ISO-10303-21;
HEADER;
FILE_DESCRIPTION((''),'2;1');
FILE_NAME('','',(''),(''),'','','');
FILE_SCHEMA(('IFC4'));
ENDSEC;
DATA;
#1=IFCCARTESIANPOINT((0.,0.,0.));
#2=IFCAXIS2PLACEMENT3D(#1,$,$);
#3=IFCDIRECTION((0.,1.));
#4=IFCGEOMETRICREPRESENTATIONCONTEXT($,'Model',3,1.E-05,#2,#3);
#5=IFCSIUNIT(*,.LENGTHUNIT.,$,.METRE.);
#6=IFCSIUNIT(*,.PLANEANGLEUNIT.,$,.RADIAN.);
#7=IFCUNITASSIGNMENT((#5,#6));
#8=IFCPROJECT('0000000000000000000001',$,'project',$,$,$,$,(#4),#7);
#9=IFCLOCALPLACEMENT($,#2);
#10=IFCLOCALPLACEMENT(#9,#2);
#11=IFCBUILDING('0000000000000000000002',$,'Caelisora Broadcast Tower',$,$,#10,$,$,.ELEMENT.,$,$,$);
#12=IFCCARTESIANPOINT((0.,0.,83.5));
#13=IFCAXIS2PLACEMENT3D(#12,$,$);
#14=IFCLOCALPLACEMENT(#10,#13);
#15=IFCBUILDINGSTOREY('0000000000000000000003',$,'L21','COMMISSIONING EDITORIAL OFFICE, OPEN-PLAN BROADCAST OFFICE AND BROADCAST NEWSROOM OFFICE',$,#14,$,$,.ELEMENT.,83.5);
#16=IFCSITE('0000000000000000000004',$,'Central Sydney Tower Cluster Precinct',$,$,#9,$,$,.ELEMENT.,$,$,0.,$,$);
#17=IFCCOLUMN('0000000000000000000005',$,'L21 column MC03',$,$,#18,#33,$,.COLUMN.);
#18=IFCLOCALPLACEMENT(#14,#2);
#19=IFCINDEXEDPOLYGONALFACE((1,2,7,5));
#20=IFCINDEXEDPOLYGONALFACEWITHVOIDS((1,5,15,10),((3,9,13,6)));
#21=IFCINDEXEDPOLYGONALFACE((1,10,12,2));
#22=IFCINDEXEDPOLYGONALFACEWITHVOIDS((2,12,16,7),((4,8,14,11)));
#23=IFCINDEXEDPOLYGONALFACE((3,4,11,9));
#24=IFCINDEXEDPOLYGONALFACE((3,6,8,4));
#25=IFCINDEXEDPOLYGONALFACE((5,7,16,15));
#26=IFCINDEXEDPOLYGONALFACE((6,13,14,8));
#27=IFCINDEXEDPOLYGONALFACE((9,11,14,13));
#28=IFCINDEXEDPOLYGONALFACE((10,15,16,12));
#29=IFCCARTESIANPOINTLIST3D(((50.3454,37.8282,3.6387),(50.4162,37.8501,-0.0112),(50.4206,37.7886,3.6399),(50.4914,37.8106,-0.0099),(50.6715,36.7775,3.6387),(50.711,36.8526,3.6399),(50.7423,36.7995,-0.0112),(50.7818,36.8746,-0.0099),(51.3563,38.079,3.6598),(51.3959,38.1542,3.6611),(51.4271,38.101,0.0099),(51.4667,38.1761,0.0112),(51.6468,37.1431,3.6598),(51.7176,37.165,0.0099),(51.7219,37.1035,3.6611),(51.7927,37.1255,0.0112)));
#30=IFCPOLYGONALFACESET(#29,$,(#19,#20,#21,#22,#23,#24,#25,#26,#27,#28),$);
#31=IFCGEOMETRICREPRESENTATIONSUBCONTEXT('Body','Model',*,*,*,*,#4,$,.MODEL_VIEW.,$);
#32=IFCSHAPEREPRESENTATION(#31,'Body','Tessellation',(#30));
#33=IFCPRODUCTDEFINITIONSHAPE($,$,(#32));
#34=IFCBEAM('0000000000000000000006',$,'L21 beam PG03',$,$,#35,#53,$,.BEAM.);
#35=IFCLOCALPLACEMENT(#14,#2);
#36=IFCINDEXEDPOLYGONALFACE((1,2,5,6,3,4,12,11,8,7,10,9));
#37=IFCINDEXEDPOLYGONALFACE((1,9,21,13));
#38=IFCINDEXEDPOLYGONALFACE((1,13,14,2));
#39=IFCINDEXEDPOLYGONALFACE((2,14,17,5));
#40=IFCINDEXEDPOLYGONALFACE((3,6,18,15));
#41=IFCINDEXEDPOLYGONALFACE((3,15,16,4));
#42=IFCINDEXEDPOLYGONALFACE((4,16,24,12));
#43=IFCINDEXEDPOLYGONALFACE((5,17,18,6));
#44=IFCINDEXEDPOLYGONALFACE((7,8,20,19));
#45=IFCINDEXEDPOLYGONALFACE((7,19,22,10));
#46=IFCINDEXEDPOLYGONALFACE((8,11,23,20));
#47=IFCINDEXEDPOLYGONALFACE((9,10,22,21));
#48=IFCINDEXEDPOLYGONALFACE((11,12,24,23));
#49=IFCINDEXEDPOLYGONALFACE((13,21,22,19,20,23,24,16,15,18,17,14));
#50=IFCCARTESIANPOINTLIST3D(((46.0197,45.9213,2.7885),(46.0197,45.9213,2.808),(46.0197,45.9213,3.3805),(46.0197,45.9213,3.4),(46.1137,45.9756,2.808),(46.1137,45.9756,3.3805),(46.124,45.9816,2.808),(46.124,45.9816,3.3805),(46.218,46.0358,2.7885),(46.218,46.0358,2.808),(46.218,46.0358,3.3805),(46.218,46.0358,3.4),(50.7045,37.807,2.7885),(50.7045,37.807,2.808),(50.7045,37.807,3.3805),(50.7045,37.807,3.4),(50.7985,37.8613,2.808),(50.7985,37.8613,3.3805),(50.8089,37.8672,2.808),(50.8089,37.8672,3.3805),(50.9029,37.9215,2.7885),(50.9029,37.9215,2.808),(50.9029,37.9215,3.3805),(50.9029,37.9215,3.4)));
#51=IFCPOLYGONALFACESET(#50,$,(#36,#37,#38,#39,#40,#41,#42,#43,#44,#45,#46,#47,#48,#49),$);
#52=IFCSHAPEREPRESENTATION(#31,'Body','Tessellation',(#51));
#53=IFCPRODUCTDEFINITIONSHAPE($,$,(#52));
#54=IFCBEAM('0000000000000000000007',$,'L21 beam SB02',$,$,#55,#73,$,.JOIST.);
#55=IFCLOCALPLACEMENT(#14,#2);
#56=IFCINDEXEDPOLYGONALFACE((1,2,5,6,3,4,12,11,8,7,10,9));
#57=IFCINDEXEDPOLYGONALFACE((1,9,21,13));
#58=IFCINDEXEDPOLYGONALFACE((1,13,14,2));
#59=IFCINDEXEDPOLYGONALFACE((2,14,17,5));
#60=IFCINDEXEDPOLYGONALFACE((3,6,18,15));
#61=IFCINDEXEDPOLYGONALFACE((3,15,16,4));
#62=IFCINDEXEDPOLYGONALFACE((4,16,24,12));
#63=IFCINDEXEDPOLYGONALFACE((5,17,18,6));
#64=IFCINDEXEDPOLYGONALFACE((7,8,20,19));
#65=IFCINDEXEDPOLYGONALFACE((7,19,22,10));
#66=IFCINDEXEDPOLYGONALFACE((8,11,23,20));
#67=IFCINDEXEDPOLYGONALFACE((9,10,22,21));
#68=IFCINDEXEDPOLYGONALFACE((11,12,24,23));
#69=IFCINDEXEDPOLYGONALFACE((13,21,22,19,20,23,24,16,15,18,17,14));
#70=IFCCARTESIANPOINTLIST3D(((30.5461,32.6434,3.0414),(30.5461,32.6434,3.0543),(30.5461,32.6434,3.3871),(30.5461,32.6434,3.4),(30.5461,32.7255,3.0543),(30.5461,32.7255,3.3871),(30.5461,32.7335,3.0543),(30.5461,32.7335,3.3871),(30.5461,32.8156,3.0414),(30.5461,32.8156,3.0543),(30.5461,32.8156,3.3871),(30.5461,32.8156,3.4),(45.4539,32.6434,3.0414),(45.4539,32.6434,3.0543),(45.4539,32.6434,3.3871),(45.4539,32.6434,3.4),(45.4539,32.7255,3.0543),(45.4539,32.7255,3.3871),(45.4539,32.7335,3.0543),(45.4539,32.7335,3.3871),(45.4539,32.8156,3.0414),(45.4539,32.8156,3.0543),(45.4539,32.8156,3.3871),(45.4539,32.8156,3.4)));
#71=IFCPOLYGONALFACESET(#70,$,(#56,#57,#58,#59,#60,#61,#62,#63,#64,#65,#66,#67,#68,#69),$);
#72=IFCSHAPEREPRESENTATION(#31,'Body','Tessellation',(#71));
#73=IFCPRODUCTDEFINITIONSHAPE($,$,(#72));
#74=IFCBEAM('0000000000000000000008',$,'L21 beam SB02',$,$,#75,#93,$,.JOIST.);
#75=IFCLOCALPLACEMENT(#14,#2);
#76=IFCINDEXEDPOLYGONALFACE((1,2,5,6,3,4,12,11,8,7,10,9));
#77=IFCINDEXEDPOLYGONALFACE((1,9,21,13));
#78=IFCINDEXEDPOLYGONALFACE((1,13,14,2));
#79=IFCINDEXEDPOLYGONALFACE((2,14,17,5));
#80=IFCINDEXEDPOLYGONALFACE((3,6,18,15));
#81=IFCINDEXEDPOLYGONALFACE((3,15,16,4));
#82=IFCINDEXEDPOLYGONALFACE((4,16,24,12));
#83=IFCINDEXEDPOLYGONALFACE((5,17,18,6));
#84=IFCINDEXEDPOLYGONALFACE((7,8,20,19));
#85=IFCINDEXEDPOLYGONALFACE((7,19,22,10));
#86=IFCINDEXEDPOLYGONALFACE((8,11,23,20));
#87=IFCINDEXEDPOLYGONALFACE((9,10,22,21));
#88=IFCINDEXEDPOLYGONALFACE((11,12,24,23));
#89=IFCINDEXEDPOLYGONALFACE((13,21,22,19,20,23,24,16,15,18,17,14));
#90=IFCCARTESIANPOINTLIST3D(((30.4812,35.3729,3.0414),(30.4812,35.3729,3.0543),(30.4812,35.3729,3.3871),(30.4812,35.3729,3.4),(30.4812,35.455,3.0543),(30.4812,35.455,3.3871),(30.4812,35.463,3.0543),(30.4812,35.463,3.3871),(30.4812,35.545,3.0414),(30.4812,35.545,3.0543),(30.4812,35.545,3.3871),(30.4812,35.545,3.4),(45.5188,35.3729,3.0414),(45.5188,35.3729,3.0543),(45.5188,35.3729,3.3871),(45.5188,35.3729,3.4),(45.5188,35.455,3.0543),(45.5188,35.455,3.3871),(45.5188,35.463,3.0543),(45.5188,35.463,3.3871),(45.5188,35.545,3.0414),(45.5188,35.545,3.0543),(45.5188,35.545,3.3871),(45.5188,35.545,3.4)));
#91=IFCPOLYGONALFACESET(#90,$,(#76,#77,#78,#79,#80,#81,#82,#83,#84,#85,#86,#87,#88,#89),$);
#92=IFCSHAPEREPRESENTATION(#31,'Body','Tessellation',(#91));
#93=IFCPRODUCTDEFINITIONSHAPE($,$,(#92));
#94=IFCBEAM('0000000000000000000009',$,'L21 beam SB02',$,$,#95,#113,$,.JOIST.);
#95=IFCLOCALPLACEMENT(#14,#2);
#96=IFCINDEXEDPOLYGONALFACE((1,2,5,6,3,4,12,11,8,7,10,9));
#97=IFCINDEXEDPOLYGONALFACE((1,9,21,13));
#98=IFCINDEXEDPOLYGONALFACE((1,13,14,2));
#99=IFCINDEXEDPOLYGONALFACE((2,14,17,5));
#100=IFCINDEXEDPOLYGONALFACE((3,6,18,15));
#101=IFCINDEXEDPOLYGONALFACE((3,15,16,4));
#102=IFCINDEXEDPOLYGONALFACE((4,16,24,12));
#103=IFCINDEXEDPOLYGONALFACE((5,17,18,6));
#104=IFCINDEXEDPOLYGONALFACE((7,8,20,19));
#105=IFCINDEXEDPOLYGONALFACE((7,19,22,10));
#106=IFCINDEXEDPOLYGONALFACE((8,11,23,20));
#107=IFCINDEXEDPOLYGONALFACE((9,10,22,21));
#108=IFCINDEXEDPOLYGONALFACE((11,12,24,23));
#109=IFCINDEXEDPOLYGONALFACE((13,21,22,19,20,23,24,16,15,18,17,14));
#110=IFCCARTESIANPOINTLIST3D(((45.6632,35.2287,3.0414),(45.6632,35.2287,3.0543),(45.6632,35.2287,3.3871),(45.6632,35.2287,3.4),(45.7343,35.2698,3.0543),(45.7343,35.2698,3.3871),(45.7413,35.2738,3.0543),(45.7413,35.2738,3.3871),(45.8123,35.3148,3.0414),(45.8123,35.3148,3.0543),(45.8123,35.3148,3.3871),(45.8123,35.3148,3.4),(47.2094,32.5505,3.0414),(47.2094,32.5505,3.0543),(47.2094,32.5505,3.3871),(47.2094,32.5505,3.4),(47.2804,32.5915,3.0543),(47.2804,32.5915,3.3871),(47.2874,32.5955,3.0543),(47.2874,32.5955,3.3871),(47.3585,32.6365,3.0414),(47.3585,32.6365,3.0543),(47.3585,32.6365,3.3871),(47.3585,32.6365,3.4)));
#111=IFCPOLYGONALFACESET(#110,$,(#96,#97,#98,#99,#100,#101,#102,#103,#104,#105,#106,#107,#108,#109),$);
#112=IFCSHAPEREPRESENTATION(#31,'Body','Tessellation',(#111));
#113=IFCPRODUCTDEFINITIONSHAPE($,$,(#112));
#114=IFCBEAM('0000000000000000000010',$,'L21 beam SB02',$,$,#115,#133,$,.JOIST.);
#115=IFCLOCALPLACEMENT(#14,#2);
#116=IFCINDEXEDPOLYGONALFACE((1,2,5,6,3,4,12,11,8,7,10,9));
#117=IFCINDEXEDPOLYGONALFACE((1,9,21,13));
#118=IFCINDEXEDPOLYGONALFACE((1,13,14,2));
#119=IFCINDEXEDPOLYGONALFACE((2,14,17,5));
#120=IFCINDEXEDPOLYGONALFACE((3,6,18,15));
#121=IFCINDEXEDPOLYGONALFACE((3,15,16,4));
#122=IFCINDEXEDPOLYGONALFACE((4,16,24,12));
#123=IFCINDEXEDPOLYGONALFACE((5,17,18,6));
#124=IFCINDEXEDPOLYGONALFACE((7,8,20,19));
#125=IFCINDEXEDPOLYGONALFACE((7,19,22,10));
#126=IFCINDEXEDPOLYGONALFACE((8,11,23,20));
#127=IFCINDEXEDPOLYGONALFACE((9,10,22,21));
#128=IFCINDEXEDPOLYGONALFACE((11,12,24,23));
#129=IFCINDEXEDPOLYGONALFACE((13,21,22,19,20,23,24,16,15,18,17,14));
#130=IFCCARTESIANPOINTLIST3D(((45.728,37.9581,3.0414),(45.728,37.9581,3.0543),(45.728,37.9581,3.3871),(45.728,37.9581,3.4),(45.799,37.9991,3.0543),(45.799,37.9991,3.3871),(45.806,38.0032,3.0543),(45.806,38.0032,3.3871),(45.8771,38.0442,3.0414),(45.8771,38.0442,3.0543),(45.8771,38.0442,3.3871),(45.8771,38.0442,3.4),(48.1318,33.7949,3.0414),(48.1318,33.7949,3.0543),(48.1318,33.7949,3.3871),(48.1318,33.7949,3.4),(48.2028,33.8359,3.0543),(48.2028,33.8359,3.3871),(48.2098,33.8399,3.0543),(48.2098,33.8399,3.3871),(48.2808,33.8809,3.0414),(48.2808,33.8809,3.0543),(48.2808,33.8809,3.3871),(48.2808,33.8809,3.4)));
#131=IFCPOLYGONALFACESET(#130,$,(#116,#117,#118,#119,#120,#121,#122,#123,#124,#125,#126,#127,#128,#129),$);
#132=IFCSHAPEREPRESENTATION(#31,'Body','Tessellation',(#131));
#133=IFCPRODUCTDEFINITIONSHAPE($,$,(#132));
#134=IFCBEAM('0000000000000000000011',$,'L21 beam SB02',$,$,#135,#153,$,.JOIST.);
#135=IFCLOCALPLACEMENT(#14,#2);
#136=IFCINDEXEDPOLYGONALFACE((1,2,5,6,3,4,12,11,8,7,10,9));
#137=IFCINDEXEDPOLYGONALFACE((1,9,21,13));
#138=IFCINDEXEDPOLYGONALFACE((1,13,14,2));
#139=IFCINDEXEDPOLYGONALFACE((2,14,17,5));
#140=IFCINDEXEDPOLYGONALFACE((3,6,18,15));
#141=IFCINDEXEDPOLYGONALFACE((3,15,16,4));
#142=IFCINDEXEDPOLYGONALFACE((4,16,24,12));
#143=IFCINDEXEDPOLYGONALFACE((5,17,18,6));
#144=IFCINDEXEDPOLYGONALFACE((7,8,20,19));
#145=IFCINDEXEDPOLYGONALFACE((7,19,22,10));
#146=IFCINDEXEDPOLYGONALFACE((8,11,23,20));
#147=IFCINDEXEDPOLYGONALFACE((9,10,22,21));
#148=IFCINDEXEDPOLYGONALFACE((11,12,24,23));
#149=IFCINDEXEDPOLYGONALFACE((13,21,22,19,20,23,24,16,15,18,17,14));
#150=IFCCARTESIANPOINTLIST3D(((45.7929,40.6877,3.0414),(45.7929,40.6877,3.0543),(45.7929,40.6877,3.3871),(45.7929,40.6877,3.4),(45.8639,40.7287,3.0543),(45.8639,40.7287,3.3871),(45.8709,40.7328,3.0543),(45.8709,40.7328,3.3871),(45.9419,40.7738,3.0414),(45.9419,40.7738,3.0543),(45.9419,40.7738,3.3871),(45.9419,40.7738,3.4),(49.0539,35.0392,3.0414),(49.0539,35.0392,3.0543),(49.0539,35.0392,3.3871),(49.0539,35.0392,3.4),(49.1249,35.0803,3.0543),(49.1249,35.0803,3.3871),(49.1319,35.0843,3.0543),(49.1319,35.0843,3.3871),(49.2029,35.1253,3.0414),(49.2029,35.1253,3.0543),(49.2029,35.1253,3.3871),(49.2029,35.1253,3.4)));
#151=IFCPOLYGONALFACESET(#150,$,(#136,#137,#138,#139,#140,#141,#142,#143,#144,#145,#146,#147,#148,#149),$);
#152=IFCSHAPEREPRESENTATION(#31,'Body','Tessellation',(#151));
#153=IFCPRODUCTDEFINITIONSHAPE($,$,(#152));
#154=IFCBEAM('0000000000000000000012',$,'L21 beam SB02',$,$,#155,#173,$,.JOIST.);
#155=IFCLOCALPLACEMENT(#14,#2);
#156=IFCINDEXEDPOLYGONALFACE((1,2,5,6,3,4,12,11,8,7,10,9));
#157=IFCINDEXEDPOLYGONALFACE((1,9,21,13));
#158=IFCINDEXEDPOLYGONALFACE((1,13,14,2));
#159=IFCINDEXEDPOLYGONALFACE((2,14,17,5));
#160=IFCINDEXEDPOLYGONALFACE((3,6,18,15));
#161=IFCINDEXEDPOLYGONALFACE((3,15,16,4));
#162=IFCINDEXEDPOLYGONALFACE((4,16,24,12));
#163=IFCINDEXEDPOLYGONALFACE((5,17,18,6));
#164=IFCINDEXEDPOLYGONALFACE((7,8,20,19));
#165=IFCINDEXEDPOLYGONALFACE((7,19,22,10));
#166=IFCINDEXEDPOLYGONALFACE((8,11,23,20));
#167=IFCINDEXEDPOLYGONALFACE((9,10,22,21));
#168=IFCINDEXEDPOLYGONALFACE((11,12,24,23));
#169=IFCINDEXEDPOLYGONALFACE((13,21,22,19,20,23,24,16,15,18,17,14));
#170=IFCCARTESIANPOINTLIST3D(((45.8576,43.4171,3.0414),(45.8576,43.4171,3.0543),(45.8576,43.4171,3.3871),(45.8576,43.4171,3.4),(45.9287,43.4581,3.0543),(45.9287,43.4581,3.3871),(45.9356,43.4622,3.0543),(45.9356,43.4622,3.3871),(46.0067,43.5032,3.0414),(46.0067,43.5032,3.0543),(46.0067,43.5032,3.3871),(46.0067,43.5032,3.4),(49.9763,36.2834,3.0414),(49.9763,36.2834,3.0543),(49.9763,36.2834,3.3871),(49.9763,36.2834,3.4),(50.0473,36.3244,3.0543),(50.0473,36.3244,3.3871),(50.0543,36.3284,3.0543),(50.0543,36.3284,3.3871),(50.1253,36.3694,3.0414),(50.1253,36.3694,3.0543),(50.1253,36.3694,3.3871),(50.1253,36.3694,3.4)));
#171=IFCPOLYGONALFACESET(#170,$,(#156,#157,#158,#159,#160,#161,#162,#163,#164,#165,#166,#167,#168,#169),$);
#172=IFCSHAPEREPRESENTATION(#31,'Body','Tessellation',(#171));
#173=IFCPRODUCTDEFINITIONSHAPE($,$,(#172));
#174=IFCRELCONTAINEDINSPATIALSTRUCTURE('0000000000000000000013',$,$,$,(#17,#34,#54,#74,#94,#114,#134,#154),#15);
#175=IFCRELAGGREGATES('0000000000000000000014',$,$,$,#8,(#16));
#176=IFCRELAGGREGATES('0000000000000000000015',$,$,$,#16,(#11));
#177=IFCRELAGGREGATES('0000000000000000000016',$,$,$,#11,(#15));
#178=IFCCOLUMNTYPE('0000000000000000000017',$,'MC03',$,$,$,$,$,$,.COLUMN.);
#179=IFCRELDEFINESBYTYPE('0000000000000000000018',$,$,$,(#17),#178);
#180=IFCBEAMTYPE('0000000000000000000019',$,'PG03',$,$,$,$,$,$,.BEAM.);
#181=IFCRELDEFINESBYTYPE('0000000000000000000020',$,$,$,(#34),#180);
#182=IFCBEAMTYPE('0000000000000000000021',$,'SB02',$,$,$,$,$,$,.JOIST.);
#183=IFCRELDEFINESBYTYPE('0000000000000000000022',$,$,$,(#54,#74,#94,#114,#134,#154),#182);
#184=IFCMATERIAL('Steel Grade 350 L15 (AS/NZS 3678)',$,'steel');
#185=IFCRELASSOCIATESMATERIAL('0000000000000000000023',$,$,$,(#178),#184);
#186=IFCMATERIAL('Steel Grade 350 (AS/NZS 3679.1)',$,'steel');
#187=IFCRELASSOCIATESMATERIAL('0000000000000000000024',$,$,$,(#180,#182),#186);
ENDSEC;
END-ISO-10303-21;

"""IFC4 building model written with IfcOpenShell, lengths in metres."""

from ifc_helpers import new_model, si_unit, direction, frame, origin, origin_2d, place, context, subcontext, project, spatial, hollow_rectangle, i_section, extrude, source, transform, mapped, material, material_profile, profile_set, type_object, type_shapes, element, save


model = new_model("IFC4")

# Units and contexts
model_context = context("Model", 3, precision=1e-05, world=origin(), true_north=direction((0.0, 1.0)))
body_context = subcontext(model_context, "Body", "Model", "MODEL_VIEW")
ifc_project = project(units=[si_unit("LENGTHUNIT", "METRE"), si_unit("PLANEANGLEUNIT", "RADIAN")], contexts=[model_context])

# Site, building, storey
site_placement = place(None, origin())
site = spatial("IfcSite", under=ifc_project, at=site_placement, Name="Central Sydney Tower Cluster Precinct", CompositionType="ELEMENT", RefElevation=0.0)
building_placement = place(site_placement, origin())
building = spatial("IfcBuilding", under=site, at=building_placement, Name="Caelisora Broadcast Tower", CompositionType="ELEMENT")
storey_placement = place(building_placement, frame((0.0, 0.0, 83.5)))
storey = spatial("IfcBuildingStorey", under=building, at=storey_placement, Name="L21", Description="COMMISSIONING EDITORIAL OFFICE, OPEN-PLAN BROADCAST OFFICE AND BROADCAST NEWSROOM OFFICE", CompositionType="ELEMENT", Elevation=83.5)

# Column
ifc_material_1 = material(Name="Steel Grade 350 L15 (AS/NZS 3678)", Category="steel")
ifc_material_profile_1 = material_profile(ifc_material_1, hollow_rectangle(XDim=1.1001, YDim=1.1001, WallThickness=0.0601, at=origin_2d()), Name="Steel Grade 350 L15 (AS/NZS 3678)")
ifc_profile_set_1 = profile_set([ifc_material_profile_1], Name="Steel Grade 350 L15 (AS/NZS 3678)")
column_type = type_object("IfcColumnType", Name="MC03", PredefinedType="COLUMN", material=ifc_profile_set_1)
shared_shape_1 = source(origin(), body_context, "Body", "SweptSolid", [
    extrude(hollow_rectangle(XDim=1.1001, YDim=1.1001, WallThickness=0.0601, at=origin_2d()), origin(), (0.0, 0.0, 1.0), 3.6506),
])
type_shapes(column_type, [shared_shape_1])
column_placement = place(storey_placement, frame((51.1045, 37.4878, 0.0), z_axis=(-0.019394, -0.006019, 0.999794), x_axis=(0.296399, -0.955064, 0.0)))
element("IfcColumn", 1, at=column_placement, inside=storey, type_object=column_type, Name="L21 column MC03", PredefinedType="COLUMN", context=body_context, shape_type="MappedRepresentation", body=[
    mapped(shared_shape_1, transform((0.0, 0.0, 0.0), scale=1.0)),
])

# Beams
ifc_material_2 = material(Name="Steel Grade 350 (AS/NZS 3679.1)", Category="steel")
ifc_material_profile_2 = material_profile(ifc_material_2, i_section(OverallWidth=0.229, OverallDepth=0.6116, WebThickness=0.012, FlangeThickness=0.0195, at=origin_2d()), Name="Steel Grade 350 (AS/NZS 3679.1)")
ifc_profile_set_2 = profile_set([ifc_material_profile_2], Name="Steel Grade 350 (AS/NZS 3679.1)")
beam_type_1 = type_object("IfcBeamType", Name="PG03", PredefinedType="BEAM", material=ifc_profile_set_2)
shared_shape_2 = source(origin(), body_context, "Body", "SweptSolid", [
    extrude(i_section(OverallWidth=0.229, OverallDepth=0.6116, WebThickness=0.012, FlangeThickness=0.0195, at=origin_2d()), origin(), (0.0, 0.0, 1.0), 9.3696),
])
type_shapes(beam_type_1, [shared_shape_2])
beam_1_placement = place(storey_placement, frame((50.8037, 37.8643, 3.0942), z_axis=(-0.500004, 0.866023, 0.0), x_axis=(-0.866023, -0.500004, 0.0)))
element("IfcBeam", 2, at=beam_1_placement, inside=storey, type_object=beam_type_1, Name="L21 beam PG03", PredefinedType="BEAM", context=body_context, shape_type="MappedRepresentation", body=[
    mapped(shared_shape_2, transform((0.0, 0.0, 0.0), scale=1.0)),
])
ifc_material_profile_3 = material_profile(ifc_material_2, i_section(OverallWidth=0.1721, OverallDepth=0.3586, WebThickness=0.0081, FlangeThickness=0.0129, at=origin_2d()), Name="Steel Grade 350 (AS/NZS 3679.1)")
ifc_profile_set_3 = profile_set([ifc_material_profile_3], Name="Steel Grade 350 (AS/NZS 3679.1)")
beam_type_2 = type_object("IfcBeamType", Name="SB02", PredefinedType="JOIST", material=ifc_profile_set_3)
shared_shape_3 = source(origin(), body_context, "Body", "SweptSolid", [
    extrude(i_section(OverallWidth=0.1721, OverallDepth=0.3586, WebThickness=0.0081, FlangeThickness=0.0129, at=origin_2d()), origin(), (0.0, 0.0, 1.0), 14.9077),
])
beam_2_placement = place(storey_placement, frame((45.4539, 32.7295, 3.2207), z_axis=(-1.0, 0.0, 0.0), x_axis=(0.0, -1.0, 0.0)))
element("IfcBeam", 3, at=beam_2_placement, inside=storey, type_object=beam_type_2, Name="L21 beam SB02", PredefinedType="JOIST", context=body_context, shape_type="MappedRepresentation", body=[
    mapped(shared_shape_3, transform((0.0, 0.0, 0.0), scale=1.0)),
])
shared_shape_4 = source(origin(), body_context, "Body", "SweptSolid", [
    extrude(i_section(OverallWidth=0.1721, OverallDepth=0.3586, WebThickness=0.0081, FlangeThickness=0.0129, at=origin_2d()), origin(), (0.0, 0.0, 1.0), 15.0376),
])
beam_3_placement = place(storey_placement, frame((45.5188, 35.459, 3.2207), z_axis=(-1.0, 0.0, 0.0), x_axis=(0.0, -1.0, 0.0)))
element("IfcBeam", 4, at=beam_3_placement, inside=storey, type_object=beam_type_2, Name="L21 beam SB02", PredefinedType="JOIST", context=body_context, shape_type="MappedRepresentation", body=[
    mapped(shared_shape_4, transform((0.0, 0.0, 0.0), scale=1.0)),
])
shared_shape_5 = source(origin(), body_context, "Body", "SweptSolid", [
    extrude(i_section(OverallWidth=0.1721, OverallDepth=0.3586, WebThickness=0.0081, FlangeThickness=0.0129, at=origin_2d()), origin(), (0.0, 0.0, 1.0), 3.0925),
])
beam_4_placement = place(storey_placement, frame((47.2839, 32.5935, 3.2207), z_axis=(-0.499968, 0.866044, 0.0), x_axis=(-0.866044, -0.499968, 0.0)))
element("IfcBeam", 5, at=beam_4_placement, inside=storey, type_object=beam_type_2, Name="L21 beam SB02", PredefinedType="JOIST", context=body_context, shape_type="MappedRepresentation", body=[
    mapped(shared_shape_5, transform((0.0, 0.0, 0.0), scale=1.0)),
])
shared_shape_6 = source(origin(), body_context, "Body", "SweptSolid", [
    extrude(i_section(OverallWidth=0.1721, OverallDepth=0.3586, WebThickness=0.0081, FlangeThickness=0.0129, at=origin_2d()), origin(), (0.0, 0.0, 1.0), 4.8074),
])
beam_5_placement = place(storey_placement, frame((48.2063, 33.8379, 3.2207), z_axis=(-0.500017, 0.866016, 0.0), x_axis=(-0.866016, -0.500017, 0.0)))
element("IfcBeam", 6, at=beam_5_placement, inside=storey, type_object=beam_type_2, Name="L21 beam SB02", PredefinedType="JOIST", context=body_context, shape_type="MappedRepresentation", body=[
    mapped(shared_shape_6, transform((0.0, 0.0, 0.0), scale=1.0)),
])
shared_shape_7 = source(origin(), body_context, "Body", "SweptSolid", [
    extrude(i_section(OverallWidth=0.1721, OverallDepth=0.3586, WebThickness=0.0081, FlangeThickness=0.0129, at=origin_2d()), origin(), (0.0, 0.0, 1.0), 6.5222),
])
beam_6_placement = place(storey_placement, frame((49.1284, 35.0823, 3.2207), z_axis=(-0.499984, 0.866035, 0.0), x_axis=(-0.866035, -0.499984, 0.0)))
element("IfcBeam", 7, at=beam_6_placement, inside=storey, type_object=beam_type_2, Name="L21 beam SB02", PredefinedType="JOIST", context=body_context, shape_type="MappedRepresentation", body=[
    mapped(shared_shape_7, transform((0.0, 0.0, 0.0), scale=1.0)),
])
shared_shape_8 = source(origin(), body_context, "Body", "SweptSolid", [
    extrude(i_section(OverallWidth=0.1721, OverallDepth=0.3586, WebThickness=0.0081, FlangeThickness=0.0129, at=origin_2d()), origin(), (0.0, 0.0, 1.0), 8.2373),
])
type_shapes(beam_type_2, [shared_shape_3, shared_shape_4, shared_shape_5, shared_shape_6, shared_shape_7, shared_shape_8])
beam_7_placement = place(storey_placement, frame((50.0508, 36.3264, 3.2207), z_axis=(-0.499996, 0.866028, 0.0), x_axis=(-0.866028, -0.499996, 0.0)))
element("IfcBeam", 8, at=beam_7_placement, inside=storey, type_object=beam_type_2, Name="L21 beam SB02", PredefinedType="JOIST", context=body_context, shape_type="MappedRepresentation", body=[
    mapped(shared_shape_8, transform((0.0, 0.0, 0.0), scale=1.0)),
])

save(model, "model.ifc")
